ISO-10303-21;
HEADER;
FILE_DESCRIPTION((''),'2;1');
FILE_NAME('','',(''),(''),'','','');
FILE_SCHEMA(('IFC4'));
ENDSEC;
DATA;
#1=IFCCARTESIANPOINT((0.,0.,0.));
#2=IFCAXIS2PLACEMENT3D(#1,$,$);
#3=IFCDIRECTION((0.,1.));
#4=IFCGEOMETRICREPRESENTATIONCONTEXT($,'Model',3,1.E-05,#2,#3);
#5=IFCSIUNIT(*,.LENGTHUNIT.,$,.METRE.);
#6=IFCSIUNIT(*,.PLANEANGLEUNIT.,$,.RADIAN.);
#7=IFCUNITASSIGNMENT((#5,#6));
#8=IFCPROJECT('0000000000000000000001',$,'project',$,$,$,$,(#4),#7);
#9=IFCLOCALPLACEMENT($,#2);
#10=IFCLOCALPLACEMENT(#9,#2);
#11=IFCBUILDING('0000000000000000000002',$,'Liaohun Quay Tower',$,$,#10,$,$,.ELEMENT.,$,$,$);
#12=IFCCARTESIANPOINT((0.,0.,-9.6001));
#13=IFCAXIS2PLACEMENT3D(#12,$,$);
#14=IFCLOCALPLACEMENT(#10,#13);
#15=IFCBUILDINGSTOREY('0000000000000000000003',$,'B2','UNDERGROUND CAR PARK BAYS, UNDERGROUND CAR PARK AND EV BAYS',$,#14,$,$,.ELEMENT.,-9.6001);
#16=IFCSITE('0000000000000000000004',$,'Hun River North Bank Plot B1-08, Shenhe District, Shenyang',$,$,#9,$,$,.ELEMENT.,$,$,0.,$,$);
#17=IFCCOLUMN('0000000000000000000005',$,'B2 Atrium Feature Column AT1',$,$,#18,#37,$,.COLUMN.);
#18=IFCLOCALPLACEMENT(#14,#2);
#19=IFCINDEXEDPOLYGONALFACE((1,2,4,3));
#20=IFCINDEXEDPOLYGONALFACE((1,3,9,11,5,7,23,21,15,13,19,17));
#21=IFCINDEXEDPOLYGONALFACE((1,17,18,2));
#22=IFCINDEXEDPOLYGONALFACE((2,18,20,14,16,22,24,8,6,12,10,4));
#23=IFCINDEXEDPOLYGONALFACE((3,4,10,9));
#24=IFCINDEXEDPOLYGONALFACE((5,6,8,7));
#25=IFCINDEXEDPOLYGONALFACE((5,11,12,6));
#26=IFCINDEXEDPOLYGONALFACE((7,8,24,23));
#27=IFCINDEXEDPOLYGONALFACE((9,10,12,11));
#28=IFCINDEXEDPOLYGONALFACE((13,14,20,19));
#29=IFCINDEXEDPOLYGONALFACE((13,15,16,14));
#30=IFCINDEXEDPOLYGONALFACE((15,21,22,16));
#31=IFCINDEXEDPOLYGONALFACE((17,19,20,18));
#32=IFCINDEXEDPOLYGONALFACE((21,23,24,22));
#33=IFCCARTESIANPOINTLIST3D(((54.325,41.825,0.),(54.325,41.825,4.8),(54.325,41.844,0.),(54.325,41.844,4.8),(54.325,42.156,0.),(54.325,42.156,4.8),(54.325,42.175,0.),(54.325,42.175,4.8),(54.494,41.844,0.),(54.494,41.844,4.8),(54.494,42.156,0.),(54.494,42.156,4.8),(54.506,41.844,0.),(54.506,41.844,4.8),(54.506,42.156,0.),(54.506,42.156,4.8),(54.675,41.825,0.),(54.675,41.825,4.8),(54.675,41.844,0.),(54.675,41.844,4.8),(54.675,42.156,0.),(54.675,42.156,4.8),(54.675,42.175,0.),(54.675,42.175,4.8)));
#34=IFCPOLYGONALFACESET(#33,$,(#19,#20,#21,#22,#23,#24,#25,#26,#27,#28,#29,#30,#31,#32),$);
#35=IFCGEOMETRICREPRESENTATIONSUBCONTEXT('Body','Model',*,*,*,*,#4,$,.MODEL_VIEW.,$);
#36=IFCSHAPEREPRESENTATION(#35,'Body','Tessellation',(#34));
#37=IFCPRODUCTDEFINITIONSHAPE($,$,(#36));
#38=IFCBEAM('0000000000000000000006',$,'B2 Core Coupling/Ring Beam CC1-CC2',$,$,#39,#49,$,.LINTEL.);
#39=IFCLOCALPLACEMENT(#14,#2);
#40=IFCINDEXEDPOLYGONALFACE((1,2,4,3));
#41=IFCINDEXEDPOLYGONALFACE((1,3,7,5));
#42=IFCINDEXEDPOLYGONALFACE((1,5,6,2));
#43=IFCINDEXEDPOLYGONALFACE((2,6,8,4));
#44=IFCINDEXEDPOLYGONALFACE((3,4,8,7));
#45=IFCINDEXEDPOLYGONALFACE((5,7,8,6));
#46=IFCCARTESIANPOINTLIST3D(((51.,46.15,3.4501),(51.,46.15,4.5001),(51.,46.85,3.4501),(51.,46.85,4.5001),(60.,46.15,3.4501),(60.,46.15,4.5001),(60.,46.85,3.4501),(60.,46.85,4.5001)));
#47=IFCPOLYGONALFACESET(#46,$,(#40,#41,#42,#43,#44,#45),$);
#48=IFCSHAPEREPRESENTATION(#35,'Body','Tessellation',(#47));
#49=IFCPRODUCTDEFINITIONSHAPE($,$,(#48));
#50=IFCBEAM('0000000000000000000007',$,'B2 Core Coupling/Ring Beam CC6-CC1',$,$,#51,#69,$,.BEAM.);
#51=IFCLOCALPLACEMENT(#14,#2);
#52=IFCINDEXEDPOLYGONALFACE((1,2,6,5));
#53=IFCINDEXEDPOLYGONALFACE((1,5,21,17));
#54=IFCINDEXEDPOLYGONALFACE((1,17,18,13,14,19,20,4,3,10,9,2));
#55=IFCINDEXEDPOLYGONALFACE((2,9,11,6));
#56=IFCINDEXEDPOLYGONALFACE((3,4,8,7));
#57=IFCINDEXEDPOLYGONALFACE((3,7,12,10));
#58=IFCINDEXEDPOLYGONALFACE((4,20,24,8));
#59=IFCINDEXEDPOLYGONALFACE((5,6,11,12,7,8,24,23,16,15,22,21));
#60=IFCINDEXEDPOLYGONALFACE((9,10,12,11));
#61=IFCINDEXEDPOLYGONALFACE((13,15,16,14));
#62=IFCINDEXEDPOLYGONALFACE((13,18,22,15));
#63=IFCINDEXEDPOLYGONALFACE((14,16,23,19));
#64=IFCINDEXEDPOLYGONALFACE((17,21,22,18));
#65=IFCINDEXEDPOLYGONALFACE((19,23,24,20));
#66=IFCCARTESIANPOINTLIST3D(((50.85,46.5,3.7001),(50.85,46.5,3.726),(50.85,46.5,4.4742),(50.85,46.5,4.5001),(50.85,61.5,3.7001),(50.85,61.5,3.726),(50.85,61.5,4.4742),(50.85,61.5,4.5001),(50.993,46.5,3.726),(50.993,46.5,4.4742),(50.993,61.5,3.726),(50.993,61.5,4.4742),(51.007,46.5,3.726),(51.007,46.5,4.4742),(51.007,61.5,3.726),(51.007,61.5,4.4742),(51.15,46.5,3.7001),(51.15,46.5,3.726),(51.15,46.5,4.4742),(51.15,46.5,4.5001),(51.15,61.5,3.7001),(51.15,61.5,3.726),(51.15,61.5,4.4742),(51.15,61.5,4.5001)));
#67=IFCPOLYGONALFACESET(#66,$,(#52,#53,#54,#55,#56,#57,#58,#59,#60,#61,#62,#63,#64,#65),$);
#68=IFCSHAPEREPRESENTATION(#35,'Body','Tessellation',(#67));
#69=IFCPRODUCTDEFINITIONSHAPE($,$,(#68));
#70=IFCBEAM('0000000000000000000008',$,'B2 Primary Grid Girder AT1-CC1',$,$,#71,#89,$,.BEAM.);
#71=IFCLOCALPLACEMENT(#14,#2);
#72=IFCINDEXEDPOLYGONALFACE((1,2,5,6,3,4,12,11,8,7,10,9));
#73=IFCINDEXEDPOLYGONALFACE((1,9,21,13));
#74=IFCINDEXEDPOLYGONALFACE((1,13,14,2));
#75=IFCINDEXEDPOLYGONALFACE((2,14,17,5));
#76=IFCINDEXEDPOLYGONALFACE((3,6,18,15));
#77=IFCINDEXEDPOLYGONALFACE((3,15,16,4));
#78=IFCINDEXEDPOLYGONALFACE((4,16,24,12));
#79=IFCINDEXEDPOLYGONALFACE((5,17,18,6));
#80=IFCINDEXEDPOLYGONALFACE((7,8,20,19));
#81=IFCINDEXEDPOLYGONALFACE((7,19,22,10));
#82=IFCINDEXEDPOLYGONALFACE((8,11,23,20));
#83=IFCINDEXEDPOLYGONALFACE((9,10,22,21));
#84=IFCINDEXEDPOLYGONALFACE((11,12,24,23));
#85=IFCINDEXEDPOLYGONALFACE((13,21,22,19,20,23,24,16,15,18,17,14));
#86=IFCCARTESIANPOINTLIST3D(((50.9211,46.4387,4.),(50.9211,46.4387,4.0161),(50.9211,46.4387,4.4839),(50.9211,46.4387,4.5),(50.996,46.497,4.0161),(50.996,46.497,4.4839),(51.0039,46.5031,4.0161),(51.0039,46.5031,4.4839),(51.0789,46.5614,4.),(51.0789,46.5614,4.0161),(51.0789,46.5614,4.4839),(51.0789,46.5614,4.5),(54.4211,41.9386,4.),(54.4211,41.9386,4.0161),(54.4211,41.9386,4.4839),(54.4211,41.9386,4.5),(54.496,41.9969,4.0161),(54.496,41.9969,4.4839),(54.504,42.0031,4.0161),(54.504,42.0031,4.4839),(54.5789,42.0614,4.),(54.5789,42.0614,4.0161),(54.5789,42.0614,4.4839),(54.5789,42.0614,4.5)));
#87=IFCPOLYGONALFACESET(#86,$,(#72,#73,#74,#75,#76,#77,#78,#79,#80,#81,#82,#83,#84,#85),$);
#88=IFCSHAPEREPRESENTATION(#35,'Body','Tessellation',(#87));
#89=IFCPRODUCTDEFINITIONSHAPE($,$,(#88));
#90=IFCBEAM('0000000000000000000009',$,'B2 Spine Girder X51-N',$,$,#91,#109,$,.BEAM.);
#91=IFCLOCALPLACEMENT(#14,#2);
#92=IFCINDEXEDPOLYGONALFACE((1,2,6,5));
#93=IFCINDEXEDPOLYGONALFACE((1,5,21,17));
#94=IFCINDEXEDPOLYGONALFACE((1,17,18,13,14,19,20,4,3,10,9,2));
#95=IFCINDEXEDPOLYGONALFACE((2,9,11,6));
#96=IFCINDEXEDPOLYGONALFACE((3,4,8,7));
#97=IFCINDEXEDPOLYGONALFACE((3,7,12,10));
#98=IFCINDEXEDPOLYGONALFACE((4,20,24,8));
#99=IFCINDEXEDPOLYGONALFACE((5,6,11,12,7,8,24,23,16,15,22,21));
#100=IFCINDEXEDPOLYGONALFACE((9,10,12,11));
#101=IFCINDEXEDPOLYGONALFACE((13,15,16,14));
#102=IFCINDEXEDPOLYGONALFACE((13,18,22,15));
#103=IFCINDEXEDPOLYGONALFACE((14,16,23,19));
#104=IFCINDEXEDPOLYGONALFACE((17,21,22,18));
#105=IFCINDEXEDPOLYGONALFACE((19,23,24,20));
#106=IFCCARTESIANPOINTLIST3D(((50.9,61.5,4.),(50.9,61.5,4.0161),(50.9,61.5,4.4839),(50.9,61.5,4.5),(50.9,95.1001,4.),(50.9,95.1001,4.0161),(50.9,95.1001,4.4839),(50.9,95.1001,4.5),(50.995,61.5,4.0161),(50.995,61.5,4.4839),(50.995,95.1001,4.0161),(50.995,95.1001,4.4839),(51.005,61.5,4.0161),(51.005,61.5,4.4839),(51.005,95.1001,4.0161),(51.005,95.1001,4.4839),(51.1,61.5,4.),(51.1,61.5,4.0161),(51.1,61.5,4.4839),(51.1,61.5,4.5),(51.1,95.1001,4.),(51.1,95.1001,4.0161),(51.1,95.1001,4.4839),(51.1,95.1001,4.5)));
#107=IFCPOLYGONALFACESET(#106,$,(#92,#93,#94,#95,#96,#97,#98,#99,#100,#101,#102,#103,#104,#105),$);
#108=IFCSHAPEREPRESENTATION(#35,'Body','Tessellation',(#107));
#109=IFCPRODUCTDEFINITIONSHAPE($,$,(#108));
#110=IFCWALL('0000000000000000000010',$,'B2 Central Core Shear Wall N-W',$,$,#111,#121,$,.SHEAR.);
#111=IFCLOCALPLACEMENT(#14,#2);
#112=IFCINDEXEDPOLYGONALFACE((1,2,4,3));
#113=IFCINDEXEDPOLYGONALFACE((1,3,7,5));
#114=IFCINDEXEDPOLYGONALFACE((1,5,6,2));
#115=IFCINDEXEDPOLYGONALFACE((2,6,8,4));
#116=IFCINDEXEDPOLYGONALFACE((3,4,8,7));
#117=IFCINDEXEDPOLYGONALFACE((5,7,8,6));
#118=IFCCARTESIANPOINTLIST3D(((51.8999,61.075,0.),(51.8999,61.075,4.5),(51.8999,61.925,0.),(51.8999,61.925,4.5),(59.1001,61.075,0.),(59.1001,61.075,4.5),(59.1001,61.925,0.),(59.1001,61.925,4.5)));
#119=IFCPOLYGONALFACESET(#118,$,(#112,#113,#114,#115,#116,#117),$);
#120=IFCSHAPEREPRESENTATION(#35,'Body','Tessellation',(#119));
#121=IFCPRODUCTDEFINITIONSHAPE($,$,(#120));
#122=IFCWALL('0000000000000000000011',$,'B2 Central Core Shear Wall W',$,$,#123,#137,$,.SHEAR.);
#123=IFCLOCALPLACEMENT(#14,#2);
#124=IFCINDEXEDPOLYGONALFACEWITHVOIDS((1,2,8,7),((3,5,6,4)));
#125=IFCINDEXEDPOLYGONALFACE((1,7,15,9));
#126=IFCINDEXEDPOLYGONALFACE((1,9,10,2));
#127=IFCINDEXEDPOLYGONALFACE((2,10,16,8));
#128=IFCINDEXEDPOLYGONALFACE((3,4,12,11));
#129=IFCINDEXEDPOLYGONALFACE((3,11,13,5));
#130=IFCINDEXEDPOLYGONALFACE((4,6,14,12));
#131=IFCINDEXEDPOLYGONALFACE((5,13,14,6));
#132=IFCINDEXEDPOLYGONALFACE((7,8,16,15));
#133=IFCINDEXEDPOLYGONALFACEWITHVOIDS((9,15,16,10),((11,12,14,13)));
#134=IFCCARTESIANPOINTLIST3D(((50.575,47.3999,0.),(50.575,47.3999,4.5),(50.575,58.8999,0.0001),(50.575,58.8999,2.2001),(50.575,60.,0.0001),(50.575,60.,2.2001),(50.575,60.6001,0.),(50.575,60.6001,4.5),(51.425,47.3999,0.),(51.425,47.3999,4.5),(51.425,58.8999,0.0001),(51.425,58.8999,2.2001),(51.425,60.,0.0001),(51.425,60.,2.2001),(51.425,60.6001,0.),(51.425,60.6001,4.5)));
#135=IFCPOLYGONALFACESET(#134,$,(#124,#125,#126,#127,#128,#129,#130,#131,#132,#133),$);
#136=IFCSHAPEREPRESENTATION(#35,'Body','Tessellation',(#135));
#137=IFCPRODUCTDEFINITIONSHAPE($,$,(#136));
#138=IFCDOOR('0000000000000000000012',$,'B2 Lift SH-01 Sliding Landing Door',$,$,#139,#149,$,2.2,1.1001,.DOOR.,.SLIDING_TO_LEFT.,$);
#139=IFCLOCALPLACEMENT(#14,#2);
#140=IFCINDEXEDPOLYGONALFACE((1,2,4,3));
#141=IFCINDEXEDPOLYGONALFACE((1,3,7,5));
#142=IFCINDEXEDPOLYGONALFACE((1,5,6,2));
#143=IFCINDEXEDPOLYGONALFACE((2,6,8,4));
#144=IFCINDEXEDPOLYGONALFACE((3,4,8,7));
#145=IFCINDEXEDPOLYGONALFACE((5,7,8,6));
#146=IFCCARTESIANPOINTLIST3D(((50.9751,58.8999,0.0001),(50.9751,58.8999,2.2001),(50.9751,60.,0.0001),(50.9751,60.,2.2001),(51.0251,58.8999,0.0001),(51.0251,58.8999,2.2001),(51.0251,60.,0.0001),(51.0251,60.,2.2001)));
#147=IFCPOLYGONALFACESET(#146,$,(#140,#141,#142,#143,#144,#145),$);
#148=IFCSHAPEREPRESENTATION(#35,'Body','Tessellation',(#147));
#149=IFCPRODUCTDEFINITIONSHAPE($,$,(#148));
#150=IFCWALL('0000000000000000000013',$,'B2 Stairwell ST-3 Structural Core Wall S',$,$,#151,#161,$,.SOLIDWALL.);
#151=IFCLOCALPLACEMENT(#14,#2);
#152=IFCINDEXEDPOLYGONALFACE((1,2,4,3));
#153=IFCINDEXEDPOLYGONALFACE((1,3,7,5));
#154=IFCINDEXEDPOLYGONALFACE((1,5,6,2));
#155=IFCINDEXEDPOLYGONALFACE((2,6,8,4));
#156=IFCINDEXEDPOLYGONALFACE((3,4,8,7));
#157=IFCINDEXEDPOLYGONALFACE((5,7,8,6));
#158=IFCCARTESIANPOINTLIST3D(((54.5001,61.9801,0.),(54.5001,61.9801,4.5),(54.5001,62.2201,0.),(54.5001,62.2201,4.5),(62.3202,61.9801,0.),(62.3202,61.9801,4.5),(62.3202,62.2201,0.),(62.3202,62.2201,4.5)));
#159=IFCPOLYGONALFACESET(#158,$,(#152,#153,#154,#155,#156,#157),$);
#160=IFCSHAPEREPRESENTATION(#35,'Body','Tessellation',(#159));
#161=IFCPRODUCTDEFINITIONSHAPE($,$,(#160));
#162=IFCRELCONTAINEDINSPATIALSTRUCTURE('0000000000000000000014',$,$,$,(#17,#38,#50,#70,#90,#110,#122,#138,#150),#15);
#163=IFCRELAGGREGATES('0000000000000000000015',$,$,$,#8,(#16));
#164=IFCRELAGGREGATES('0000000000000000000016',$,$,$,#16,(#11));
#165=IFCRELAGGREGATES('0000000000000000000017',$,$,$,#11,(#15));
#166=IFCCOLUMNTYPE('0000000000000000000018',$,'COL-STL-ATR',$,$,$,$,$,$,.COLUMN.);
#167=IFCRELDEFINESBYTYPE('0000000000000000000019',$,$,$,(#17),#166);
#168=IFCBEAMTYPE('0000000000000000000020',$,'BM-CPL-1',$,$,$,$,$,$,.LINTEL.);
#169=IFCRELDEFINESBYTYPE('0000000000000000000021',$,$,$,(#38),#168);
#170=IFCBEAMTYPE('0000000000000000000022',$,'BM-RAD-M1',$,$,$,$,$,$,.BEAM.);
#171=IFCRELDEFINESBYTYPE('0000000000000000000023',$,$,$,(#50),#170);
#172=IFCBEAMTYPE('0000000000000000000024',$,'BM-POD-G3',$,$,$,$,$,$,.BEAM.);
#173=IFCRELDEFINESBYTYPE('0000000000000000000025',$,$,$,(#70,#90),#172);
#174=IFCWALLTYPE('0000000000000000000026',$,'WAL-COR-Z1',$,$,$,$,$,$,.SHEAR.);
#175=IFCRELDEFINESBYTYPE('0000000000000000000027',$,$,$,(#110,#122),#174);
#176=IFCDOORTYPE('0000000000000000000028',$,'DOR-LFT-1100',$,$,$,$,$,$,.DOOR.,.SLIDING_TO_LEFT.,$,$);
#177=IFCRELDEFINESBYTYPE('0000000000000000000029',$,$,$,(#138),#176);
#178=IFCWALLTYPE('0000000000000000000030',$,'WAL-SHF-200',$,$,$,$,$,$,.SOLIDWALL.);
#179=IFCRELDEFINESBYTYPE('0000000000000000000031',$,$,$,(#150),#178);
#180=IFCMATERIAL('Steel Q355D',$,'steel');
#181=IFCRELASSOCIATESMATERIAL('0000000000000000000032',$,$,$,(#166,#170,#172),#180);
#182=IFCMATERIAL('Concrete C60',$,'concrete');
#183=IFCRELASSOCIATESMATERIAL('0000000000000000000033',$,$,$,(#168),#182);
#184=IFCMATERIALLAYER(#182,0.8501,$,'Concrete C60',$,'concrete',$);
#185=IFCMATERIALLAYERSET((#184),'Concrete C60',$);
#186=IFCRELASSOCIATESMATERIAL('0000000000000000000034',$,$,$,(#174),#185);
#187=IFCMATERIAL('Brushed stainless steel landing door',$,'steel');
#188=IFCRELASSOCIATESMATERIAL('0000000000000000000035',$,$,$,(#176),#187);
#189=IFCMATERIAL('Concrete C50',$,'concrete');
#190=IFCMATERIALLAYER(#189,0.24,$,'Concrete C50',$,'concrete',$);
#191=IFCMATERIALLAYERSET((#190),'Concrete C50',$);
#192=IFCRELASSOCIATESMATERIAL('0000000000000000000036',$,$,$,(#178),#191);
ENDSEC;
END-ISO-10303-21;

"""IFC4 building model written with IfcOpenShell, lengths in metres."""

from ifc_helpers import new_model, si_unit, direction, frame, frame_2d, origin, origin_2d, place, context, subcontext, project, spatial, rectangle, i_section, extrude, source, transform, mapped, material, layer, layer_set, material_profile, profile_set, type_object, element, fill, save


model = new_model("IFC4")

# Units and contexts
model_context = context("Model", 3, precision=1e-05, world=origin(), true_north=direction((0.0, 1.0)))
body_context = subcontext(model_context, "Body", "Model", "MODEL_VIEW")
ifc_project = project(units=[si_unit("LENGTHUNIT", "METRE"), si_unit("PLANEANGLEUNIT", "RADIAN")], contexts=[model_context])

# Site, building, storey
site_placement = place(None, origin())
site = spatial("IfcSite", under=ifc_project, at=site_placement, Name="Hun River North Bank Plot B1-08, Shenhe District, Shenyang", CompositionType="ELEMENT", RefElevation=0.0)
building_placement = place(site_placement, origin())
building = spatial("IfcBuilding", under=site, at=building_placement, Name="Liaohun Quay Tower", CompositionType="ELEMENT")
storey_placement = place(building_placement, frame((0.0, 0.0, -9.6001)))
storey = spatial("IfcBuildingStorey", under=building, at=storey_placement, Name="B2", Description="UNDERGROUND CAR PARK BAYS, UNDERGROUND CAR PARK AND EV BAYS", CompositionType="ELEMENT", Elevation=-9.6001)

# Shared definitions
ifc_material_1 = material(Name="Concrete C50", Category="concrete")

# Column
ifc_material_2 = material(Name="Concrete C60", Category="concrete")
ifc_material_3 = material(Name="Steel Q355D", Category="steel")
ifc_material_profile_1 = material_profile(ifc_material_3, i_section(OverallWidth=0.3501, OverallDepth=0.3501, WebThickness=0.012, FlangeThickness=0.019, at=origin_2d()), Name="HW350x350x12x19")
ifc_profile_set_1 = profile_set([ifc_material_profile_1], Name="Steel Q355D")
column_type_1 = type_object("IfcColumnType", Name="COL-STL-ATR", PredefinedType="COLUMN", material=ifc_profile_set_1)
shared_shape_1 = source(origin(), body_context, "Body", "SweptSolid", [
    extrude(i_section(OverallWidth=0.3501, OverallDepth=0.3501, WebThickness=0.012, FlangeThickness=0.019, at=origin_2d()), origin(), (0.0, 0.0, 1.0), 4.8),
])
column_placement = place(storey_placement, frame((54.5, 42.0, 0.0), z_axis=(0.0, 0.0, 1.0), x_axis=(1.0, 0.0, 0.0)))
element("IfcColumn", 1, at=column_placement, inside=storey, type_object=column_type_1, Name="B2 Atrium Feature Column AT1", PredefinedType="COLUMN", context=body_context, shape_type="MappedRepresentation", body=[
    mapped(shared_shape_1, transform((0.0, 0.0, 0.0), x_axis=(1.0, 0.0, 0.0), y_axis=(0.0, 1.0, 0.0), z_axis=(0.0, 0.0, 1.0), scale=1.0)),
])

# Beams
ifc_material_profile_2 = material_profile(ifc_material_2, rectangle(XDim=0.7, YDim=1.05, at=origin_2d()), Name="RC700x1050")
ifc_profile_set_2 = profile_set([ifc_material_profile_2], Name="Concrete C60")
beam_type_1 = type_object("IfcBeamType", Name="BM-CPL-1", PredefinedType="LINTEL", material=ifc_profile_set_2)
shared_shape_2 = source(origin(), body_context, "Body", "SweptSolid", [
    extrude(rectangle(XDim=0.7, YDim=1.05, at=origin_2d()), origin(), (0.0, 0.0, 1.0), 9.0),
])
beam_1_placement = place(storey_placement, frame((51.0, 46.5, 3.9751), z_axis=(1.0, 0.0, 0.0), x_axis=(0.0, 1.0, 0.0)))
element("IfcBeam", 2, at=beam_1_placement, inside=storey, type_object=beam_type_1, Name="B2 Core Coupling/Ring Beam CC1-CC2", PredefinedType="LINTEL", context=body_context, shape_type="MappedRepresentation", body=[
    mapped(shared_shape_2, transform((0.0, 0.0, 0.0), x_axis=(1.0, 0.0, 0.0), y_axis=(0.0, 1.0, 0.0), z_axis=(0.0, 0.0, 1.0), scale=1.0)),
])
ifc_material_profile_3 = material_profile(ifc_material_3, i_section(OverallWidth=0.3, OverallDepth=0.8, WebThickness=0.0139, FlangeThickness=0.0259, at=origin_2d()), Name="HN800x300x14x26")
ifc_profile_set_3 = profile_set([ifc_material_profile_3], Name="Steel Q355D")
beam_type_2 = type_object("IfcBeamType", Name="BM-RAD-M1", PredefinedType="BEAM", material=ifc_profile_set_3)
shared_shape_3 = source(origin(), body_context, "Body", "SweptSolid", [
    extrude(i_section(OverallWidth=0.3, OverallDepth=0.8, WebThickness=0.0139, FlangeThickness=0.0259, at=origin_2d()), origin(), (0.0, 0.0, 1.0), 15.0),
])
beam_2_placement = place(storey_placement, frame((51.0, 61.5, 4.1001), z_axis=(0.0, -1.0, 0.0), x_axis=(1.0, 0.0, 0.0)))
element("IfcBeam", 3, at=beam_2_placement, inside=storey, type_object=beam_type_2, Name="B2 Core Coupling/Ring Beam CC6-CC1", PredefinedType="BEAM", context=body_context, shape_type="MappedRepresentation", body=[
    mapped(shared_shape_3, transform((0.0, 0.0, 0.0), x_axis=(1.0, 0.0, 0.0), y_axis=(0.0, 1.0, 0.0), z_axis=(0.0, 0.0, 1.0), scale=1.0)),
])
ifc_material_profile_4 = material_profile(ifc_material_3, i_section(OverallWidth=0.2, OverallDepth=0.5, WebThickness=0.01, FlangeThickness=0.0161, at=origin_2d()), Name="HN500x200x10x16")
ifc_profile_set_4 = profile_set([ifc_material_profile_4], Name="Steel Q355D")
beam_type_3 = type_object("IfcBeamType", Name="BM-POD-G3", PredefinedType="BEAM", material=ifc_profile_set_4)
shared_shape_4 = source(origin(), body_context, "Body", "SweptSolid", [
    extrude(i_section(OverallWidth=0.2, OverallDepth=0.5, WebThickness=0.01, FlangeThickness=0.0161, at=origin_2d()), origin(), (0.0, 0.0, 1.0), 5.7009),
])
beam_3_placement = place(storey_placement, frame((54.5, 42.0, 4.25), z_axis=(-0.613941, 0.789352, 0.0), x_axis=(-0.789352, -0.613941, 0.0)))
element("IfcBeam", 4, at=beam_3_placement, inside=storey, type_object=beam_type_3, Name="B2 Primary Grid Girder AT1-CC1", PredefinedType="BEAM", context=body_context, shape_type="MappedRepresentation", body=[
    mapped(shared_shape_4, transform((0.0, 0.0, 0.0), x_axis=(1.0, 0.0, 0.0), y_axis=(0.0, 1.0, 0.0), z_axis=(0.0, 0.0, 1.0), scale=1.0)),
])
shared_shape_5 = source(origin(), body_context, "Body", "SweptSolid", [
    extrude(i_section(OverallWidth=0.2, OverallDepth=0.5, WebThickness=0.01, FlangeThickness=0.0161, at=origin_2d()), origin(), (0.0, 0.0, 1.0), 33.6001),
])
beam_4_placement = place(storey_placement, frame((51.0, 61.5, 4.25), z_axis=(0.0, 1.0, 0.0), x_axis=(-1.0, 0.0, 0.0)))
element("IfcBeam", 5, at=beam_4_placement, inside=storey, type_object=beam_type_3, Name="B2 Spine Girder X51-N", PredefinedType="BEAM", context=body_context, shape_type="MappedRepresentation", body=[
    mapped(shared_shape_5, transform((0.0, 0.0, 0.0), x_axis=(1.0, 0.0, 0.0), y_axis=(0.0, 1.0, 0.0), z_axis=(0.0, 0.0, 1.0), scale=1.0)),
])

# Wall
ifc_layer_1 = layer(ifc_material_2, 0.8501, Name="Concrete C60", Category="concrete")
ifc_layer_set_1 = layer_set([ifc_layer_1], Name="Concrete C60")
wall_type_1 = type_object("IfcWallType", Name="WAL-COR-Z1", PredefinedType="SHEAR", material=ifc_layer_set_1)
wall_1_placement = place(storey_placement, frame((51.8999, 61.5, 0.0), z_axis=(0.0, 0.0, 1.0), x_axis=(1.0, 0.0, 0.0)))
element("IfcWall", 6, at=wall_1_placement, inside=storey, type_object=wall_type_1, Name="B2 Central Core Shear Wall N-W", PredefinedType="SHEAR", context=body_context, shape_type="SweptSolid", body=[
    extrude(rectangle(XDim=7.2002, YDim=0.8501, at=frame_2d((3.6001, 0.0))), origin(), (0.0, 0.0, 1.0), 4.5),
])

# Wall, opening, door
wall_2_placement = place(storey_placement, frame((51.0, 47.3999, 0.0), z_axis=(0.0, 0.0, 1.0), x_axis=(0.0, 1.0, 0.0)))
wall_2 = element("IfcWall", 7, at=wall_2_placement, inside=storey, type_object=wall_type_1, Name="B2 Central Core Shear Wall W", PredefinedType="SHEAR", context=body_context, shape_type="SweptSolid", body=[
    extrude(rectangle(XDim=13.2002, YDim=0.8501, at=frame_2d((6.6001, 0.0))), origin(), (0.0, 0.0, 1.0), 4.5),
])
shared_shape_6 = source(origin(), body_context, "Body", "SweptSolid", [
    extrude(rectangle(XDim=1.1001, YDim=2.2, at=frame_2d((0.55, 1.1001))), frame((0.0, 0.4351, 0.0), z_axis=(0.0, -1.0, 0.0), x_axis=(1.0, 0.0, 0.0)), (0.0, 0.0, 1.0), 0.8701),
])
opening_1_placement = place(wall_2_placement, frame((11.5, 0.0, 0.0)))
opening_1 = element("IfcOpeningElement", 8, at=opening_1_placement, cuts=wall_2, PredefinedType="OPENING", context=body_context, shape_type="MappedRepresentation", body=[
    mapped(shared_shape_6, transform((0.0, 0.0, 0.0), x_axis=(1.0, 0.0, 0.0), y_axis=(0.0, 1.0, 0.0), z_axis=(0.0, 0.0, 1.0), scale=1.0)),
])
ifc_material_4 = material(Name="Brushed stainless steel landing door", Category="steel")
door_type = type_object("IfcDoorType", Name="DOR-LFT-1100", OperationType="SLIDING_TO_LEFT", PredefinedType="DOOR", material=ifc_material_4)
shared_shape_7 = source(origin(), body_context, "Body", "SweptSolid", [
    extrude(rectangle(XDim=1.1001, YDim=2.2, at=frame_2d((0.55, 1.1001))), frame((0.0, 0.0249, 0.0), z_axis=(0.0, -1.0, 0.0), x_axis=(1.0, 0.0, 0.0)), (0.0, 0.0, 1.0), 0.05),
])
door_1_placement = place(opening_1_placement, origin())
door_1 = element("IfcDoor", 9, at=door_1_placement, inside=storey, type_object=door_type, Name="B2 Lift SH-01 Sliding Landing Door", OperationType="SLIDING_TO_LEFT", OverallHeight=2.2, OverallWidth=1.1001, PredefinedType="DOOR", context=body_context, shape_type="MappedRepresentation", body=[
    mapped(shared_shape_7, transform((0.0, 0.0, 0.0), x_axis=(1.0, 0.0, 0.0), y_axis=(0.0, 1.0, 0.0), z_axis=(0.0, 0.0, 1.0), scale=1.0)),
])
fill(opening_1, door_1)

# Wall
ifc_layer_2 = layer(ifc_material_1, 0.24, Name="Concrete C50", Category="concrete")
ifc_layer_set_2 = layer_set([ifc_layer_2], Name="Concrete C50")
wall_type_2 = type_object("IfcWallType", Name="WAL-SHF-200", PredefinedType="SOLIDWALL", material=ifc_layer_set_2)
wall_3_placement = place(storey_placement, frame((54.5, 62.1001, 0.0), z_axis=(0.0, 0.0, 1.0), x_axis=(1.0, 0.0, 0.0)))
element("IfcWall", 10, at=wall_3_placement, inside=storey, type_object=wall_type_2, Name="B2 Stairwell ST-3 Structural Core Wall S", PredefinedType="SOLIDWALL", context=body_context, shape_type="SweptSolid", body=[
    extrude(rectangle(XDim=7.8201, YDim=0.24, at=frame_2d((3.9102, 0.0))), origin(), (0.0, 0.0, 1.0), 4.5),
])

save(model, "model.ifc")
